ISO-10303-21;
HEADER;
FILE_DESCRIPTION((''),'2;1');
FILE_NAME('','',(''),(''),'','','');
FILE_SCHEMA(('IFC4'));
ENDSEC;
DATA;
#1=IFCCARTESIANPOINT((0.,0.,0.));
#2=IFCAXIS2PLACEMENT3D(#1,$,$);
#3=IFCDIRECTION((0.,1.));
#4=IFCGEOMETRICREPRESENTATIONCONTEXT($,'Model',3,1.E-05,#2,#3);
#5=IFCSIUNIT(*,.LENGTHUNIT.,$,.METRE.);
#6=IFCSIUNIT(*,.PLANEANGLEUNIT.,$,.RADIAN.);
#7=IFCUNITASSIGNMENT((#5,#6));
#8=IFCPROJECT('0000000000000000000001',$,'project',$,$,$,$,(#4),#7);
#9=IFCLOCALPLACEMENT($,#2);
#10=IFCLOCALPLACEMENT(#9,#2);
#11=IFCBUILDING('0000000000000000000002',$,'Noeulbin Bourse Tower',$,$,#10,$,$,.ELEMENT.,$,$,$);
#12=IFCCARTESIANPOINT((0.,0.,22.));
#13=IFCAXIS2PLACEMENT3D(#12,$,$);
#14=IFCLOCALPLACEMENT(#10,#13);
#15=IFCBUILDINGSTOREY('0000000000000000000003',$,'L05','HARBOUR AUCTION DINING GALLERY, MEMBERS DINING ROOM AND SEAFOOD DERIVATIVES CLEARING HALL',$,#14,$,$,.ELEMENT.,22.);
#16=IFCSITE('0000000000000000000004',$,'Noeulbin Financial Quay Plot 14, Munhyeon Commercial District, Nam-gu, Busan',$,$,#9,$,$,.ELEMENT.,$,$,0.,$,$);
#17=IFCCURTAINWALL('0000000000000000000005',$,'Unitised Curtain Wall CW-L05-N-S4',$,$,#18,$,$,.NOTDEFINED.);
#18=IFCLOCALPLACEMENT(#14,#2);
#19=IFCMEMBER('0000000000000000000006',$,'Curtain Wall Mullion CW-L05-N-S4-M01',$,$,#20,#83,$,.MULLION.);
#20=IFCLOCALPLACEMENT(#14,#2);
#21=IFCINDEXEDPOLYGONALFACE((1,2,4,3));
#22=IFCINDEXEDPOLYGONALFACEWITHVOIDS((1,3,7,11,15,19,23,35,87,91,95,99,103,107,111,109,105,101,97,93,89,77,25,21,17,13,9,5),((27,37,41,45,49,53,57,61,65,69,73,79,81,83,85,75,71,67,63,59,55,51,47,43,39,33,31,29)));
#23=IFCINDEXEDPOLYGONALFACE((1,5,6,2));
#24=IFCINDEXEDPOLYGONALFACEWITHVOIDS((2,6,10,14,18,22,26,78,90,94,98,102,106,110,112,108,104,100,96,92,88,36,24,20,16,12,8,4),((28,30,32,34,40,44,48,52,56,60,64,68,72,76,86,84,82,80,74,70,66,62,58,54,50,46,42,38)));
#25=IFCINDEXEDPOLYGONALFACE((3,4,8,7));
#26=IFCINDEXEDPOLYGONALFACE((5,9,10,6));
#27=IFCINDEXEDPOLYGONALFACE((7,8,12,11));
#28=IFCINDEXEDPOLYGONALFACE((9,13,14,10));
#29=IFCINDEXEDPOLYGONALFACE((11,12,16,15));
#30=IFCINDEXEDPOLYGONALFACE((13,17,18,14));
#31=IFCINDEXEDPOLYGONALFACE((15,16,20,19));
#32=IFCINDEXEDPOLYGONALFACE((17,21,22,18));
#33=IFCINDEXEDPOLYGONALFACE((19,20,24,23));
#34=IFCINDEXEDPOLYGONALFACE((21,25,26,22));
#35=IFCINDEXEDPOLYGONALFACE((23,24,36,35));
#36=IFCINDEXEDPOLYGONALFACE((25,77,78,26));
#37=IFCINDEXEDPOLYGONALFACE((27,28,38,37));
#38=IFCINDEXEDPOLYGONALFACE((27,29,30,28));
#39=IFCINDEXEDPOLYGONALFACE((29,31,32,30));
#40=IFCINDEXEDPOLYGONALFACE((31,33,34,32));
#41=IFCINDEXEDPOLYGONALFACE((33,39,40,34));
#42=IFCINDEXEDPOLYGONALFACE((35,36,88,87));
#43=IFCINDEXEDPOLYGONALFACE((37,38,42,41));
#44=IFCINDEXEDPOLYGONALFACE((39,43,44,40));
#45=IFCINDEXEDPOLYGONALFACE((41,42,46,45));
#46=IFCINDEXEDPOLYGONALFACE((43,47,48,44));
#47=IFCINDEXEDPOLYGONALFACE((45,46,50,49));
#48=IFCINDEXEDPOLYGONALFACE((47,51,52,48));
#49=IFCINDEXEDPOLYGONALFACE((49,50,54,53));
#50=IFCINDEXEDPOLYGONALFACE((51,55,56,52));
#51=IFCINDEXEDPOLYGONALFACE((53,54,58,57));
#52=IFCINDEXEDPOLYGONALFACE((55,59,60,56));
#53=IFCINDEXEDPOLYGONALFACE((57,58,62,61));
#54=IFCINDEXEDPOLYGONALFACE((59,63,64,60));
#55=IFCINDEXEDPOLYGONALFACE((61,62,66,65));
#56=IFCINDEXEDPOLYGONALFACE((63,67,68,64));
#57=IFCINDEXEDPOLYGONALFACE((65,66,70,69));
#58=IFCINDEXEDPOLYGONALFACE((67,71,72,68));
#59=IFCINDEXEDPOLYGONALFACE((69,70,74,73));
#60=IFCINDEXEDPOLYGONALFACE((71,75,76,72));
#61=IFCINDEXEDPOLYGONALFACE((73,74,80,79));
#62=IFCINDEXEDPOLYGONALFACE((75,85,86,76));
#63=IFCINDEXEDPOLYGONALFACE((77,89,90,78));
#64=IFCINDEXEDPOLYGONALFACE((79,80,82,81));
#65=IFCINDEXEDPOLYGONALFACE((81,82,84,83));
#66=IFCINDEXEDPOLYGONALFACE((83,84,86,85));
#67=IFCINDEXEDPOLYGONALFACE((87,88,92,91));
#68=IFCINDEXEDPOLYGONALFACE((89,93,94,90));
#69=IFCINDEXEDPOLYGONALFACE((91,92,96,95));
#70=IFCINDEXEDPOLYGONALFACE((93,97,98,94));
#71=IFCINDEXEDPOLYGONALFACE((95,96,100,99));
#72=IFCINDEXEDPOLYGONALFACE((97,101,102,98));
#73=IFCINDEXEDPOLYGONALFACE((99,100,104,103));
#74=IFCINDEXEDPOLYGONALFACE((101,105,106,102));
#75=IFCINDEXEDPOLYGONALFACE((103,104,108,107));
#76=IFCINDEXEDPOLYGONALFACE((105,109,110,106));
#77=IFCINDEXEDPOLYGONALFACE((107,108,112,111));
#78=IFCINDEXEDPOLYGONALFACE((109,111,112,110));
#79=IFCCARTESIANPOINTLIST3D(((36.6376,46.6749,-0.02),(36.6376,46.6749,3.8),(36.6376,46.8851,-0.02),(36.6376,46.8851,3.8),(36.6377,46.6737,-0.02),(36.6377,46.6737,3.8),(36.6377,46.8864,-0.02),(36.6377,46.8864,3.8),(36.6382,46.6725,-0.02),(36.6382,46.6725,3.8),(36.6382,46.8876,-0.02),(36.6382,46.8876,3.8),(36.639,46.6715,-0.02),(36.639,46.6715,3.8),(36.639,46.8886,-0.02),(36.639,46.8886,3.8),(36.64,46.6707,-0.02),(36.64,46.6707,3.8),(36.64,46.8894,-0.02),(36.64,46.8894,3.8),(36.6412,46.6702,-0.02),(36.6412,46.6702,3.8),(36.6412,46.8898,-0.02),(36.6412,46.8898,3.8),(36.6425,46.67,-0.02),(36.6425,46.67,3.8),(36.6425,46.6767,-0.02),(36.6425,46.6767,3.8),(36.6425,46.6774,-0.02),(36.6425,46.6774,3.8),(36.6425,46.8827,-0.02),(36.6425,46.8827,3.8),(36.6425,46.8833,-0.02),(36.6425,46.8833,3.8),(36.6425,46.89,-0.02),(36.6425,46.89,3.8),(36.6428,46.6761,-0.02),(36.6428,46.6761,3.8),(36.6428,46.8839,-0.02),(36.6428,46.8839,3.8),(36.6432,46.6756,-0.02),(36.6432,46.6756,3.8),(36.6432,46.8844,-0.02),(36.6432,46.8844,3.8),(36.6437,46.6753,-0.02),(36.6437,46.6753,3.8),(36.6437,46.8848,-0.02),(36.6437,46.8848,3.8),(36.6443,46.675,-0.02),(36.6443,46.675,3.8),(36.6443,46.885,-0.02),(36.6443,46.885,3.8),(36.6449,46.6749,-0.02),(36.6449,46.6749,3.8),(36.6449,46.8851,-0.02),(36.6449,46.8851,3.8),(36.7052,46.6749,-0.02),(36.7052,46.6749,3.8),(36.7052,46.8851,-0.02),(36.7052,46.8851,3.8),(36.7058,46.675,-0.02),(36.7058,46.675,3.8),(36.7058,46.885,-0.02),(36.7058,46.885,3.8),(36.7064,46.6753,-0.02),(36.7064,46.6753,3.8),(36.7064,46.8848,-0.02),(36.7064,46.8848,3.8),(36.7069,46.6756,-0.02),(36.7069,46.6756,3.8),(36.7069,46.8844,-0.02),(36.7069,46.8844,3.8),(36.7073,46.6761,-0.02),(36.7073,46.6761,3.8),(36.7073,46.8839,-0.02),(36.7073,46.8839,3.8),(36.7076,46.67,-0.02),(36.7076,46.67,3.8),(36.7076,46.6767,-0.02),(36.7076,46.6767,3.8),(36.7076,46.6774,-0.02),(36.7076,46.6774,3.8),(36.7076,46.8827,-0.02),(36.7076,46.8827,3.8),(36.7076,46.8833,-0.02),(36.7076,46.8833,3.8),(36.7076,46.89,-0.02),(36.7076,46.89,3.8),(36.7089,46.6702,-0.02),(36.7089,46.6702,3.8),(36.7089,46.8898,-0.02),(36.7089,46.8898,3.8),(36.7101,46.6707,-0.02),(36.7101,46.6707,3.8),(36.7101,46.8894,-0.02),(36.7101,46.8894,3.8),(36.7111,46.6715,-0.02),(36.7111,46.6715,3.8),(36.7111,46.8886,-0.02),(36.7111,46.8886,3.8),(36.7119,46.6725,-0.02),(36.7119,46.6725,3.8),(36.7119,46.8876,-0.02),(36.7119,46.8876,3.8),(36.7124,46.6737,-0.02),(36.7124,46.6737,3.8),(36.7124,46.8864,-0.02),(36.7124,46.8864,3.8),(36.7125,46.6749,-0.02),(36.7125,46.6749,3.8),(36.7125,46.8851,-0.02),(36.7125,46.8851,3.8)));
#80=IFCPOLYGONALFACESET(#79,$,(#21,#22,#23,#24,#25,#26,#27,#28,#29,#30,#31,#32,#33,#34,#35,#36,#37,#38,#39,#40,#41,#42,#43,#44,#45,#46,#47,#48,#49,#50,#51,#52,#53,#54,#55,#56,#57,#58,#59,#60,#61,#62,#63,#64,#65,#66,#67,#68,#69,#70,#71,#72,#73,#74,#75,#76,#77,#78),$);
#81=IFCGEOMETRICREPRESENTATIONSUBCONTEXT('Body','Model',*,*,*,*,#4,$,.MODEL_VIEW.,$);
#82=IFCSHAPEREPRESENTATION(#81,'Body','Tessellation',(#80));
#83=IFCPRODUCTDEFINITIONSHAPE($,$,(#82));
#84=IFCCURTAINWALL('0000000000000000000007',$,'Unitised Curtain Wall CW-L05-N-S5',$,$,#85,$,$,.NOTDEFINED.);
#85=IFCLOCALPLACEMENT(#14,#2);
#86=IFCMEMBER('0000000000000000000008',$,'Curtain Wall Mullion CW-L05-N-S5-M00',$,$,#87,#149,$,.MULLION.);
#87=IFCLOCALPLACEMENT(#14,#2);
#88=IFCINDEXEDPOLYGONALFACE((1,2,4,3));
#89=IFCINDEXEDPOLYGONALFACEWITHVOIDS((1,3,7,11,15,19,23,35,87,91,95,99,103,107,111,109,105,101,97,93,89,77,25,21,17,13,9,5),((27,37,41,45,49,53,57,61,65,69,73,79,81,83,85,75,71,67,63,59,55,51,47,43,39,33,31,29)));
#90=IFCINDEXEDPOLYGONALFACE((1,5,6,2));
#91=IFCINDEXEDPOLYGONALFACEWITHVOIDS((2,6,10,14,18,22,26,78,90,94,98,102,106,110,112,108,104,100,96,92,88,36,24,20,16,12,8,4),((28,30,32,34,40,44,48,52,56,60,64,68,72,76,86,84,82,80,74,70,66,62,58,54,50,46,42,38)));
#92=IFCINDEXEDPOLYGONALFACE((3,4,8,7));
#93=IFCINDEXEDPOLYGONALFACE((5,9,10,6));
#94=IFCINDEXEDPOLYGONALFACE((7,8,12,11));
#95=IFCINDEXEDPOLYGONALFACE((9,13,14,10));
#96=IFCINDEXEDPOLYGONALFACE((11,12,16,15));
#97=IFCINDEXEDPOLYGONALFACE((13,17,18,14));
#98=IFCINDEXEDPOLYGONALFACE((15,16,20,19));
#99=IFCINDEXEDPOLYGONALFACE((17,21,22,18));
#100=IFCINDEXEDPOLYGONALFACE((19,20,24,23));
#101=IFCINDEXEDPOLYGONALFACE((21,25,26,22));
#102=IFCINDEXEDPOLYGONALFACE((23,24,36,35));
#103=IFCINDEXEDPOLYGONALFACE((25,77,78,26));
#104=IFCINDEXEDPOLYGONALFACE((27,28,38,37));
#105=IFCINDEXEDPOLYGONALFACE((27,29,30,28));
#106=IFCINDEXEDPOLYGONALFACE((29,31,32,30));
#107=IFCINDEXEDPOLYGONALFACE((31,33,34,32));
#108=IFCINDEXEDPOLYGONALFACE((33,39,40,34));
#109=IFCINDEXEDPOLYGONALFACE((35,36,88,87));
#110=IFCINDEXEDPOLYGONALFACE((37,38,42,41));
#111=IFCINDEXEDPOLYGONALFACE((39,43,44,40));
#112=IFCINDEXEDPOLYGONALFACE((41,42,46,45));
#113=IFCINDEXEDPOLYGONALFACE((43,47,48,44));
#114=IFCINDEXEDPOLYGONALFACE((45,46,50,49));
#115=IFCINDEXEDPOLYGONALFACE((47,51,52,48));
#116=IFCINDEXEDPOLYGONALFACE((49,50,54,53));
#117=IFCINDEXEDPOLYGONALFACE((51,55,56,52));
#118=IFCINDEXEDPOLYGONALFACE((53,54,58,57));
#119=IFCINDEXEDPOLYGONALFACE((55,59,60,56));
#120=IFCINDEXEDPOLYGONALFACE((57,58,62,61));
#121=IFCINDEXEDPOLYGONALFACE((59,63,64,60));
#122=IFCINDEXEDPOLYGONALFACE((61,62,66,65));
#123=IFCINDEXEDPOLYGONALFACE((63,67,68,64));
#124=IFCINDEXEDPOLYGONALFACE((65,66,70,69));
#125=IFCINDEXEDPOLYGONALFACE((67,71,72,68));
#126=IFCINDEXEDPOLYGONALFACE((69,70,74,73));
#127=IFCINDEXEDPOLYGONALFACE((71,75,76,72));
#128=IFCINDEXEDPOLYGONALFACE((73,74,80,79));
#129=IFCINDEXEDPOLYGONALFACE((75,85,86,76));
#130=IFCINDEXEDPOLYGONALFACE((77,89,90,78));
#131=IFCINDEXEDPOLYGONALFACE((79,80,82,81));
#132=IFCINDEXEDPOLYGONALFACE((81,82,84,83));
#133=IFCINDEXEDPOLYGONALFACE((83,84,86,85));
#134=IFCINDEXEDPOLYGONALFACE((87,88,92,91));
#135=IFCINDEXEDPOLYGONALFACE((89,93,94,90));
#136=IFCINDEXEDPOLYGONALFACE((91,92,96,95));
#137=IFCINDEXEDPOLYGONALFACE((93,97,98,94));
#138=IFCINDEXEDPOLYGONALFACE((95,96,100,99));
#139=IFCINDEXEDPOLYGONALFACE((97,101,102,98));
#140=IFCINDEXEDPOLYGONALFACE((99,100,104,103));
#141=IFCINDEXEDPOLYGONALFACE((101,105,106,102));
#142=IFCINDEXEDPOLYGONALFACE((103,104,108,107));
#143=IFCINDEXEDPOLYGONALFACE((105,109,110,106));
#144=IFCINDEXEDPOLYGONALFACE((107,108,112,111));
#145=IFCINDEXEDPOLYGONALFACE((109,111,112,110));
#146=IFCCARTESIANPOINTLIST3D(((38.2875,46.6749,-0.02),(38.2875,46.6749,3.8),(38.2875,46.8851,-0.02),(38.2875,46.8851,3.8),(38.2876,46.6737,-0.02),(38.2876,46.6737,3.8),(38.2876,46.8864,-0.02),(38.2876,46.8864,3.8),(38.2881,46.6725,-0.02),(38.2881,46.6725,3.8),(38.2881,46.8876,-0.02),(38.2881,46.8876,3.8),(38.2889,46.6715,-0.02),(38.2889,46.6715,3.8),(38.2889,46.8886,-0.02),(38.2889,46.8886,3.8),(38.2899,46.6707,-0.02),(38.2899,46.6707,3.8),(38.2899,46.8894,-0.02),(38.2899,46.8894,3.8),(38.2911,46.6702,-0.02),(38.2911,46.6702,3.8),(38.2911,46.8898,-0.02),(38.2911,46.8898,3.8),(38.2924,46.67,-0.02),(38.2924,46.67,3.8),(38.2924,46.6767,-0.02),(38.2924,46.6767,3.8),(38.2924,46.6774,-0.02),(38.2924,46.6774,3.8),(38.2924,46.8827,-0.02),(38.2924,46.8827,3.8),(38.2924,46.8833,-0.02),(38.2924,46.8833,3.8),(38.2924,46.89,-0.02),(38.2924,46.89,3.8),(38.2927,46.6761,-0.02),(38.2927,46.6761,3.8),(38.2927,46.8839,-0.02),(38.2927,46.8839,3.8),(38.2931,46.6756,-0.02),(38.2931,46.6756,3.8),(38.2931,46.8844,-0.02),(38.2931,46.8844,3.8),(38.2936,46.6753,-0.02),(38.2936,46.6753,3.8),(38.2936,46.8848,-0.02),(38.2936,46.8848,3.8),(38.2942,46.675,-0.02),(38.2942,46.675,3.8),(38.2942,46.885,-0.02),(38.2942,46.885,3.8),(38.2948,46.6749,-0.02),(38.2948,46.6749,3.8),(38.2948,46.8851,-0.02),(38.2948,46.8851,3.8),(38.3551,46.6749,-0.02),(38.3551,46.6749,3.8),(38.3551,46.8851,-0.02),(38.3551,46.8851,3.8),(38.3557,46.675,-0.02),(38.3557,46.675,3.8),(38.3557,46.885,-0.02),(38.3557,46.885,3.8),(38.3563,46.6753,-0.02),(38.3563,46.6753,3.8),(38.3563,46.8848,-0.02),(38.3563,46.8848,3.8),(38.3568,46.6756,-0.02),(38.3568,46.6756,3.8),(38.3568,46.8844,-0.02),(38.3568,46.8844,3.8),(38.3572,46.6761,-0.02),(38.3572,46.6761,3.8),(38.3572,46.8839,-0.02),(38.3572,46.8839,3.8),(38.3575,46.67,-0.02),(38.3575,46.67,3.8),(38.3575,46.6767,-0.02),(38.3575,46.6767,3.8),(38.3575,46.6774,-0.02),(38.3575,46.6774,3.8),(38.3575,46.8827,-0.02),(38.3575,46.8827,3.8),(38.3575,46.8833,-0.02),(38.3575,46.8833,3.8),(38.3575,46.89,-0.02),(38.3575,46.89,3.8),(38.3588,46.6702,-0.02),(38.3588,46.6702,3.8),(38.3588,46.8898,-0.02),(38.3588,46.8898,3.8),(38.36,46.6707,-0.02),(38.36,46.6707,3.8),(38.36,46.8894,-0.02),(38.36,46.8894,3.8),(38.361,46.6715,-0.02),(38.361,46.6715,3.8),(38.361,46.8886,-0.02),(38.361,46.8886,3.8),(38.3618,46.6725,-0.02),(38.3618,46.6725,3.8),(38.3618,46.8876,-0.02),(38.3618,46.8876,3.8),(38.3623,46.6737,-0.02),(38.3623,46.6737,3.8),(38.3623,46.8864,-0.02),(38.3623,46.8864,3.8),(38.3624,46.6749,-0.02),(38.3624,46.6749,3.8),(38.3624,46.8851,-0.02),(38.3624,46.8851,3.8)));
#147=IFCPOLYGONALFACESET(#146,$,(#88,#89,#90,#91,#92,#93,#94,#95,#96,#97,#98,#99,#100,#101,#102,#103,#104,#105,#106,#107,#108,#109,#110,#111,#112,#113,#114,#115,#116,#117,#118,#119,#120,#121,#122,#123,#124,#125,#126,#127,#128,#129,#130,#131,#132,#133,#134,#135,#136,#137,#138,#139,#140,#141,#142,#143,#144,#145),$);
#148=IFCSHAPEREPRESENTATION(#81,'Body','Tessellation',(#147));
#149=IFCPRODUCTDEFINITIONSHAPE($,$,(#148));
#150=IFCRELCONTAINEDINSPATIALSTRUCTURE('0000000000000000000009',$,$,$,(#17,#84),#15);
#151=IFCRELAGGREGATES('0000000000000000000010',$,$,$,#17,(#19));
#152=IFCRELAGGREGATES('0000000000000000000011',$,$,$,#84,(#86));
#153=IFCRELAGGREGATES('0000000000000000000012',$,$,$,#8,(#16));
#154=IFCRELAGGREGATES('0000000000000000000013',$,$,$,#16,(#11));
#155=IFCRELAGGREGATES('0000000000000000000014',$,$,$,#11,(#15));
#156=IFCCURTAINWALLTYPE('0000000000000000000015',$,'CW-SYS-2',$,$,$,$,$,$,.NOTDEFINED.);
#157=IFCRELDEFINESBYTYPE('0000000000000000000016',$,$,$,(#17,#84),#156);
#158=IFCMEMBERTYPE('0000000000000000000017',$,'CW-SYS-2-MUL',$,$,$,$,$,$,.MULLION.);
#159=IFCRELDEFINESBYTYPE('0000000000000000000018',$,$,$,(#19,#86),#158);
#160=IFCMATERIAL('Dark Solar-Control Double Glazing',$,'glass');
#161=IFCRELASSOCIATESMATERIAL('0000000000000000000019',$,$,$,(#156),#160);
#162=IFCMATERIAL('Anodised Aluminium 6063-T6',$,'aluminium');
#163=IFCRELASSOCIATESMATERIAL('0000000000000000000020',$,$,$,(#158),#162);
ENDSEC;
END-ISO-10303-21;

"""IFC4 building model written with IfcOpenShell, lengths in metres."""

from ifc_helpers import new_model, si_unit, direction, frame, origin, origin_2d, place, context, subcontext, project, spatial, hollow_rectangle, extrude, material, material_profile, profile_set, type_object, element, aggregate, save


model = new_model("IFC4")

# Units and contexts
model_context = context("Model", 3, precision=1e-05, world=origin(), true_north=direction((0.0, 1.0)))
body_context = subcontext(model_context, "Body", "Model", "MODEL_VIEW")
ifc_project = project(units=[si_unit("LENGTHUNIT", "METRE"), si_unit("PLANEANGLEUNIT", "RADIAN")], contexts=[model_context])

# Site, building, storey
site_placement = place(None, origin())
site = spatial("IfcSite", under=ifc_project, at=site_placement, Name="Noeulbin Financial Quay Plot 14, Munhyeon Commercial District, Nam-gu, Busan", CompositionType="ELEMENT", RefElevation=0.0)
building_placement = place(site_placement, origin())
building = spatial("IfcBuilding", under=site, at=building_placement, Name="Noeulbin Bourse Tower", CompositionType="ELEMENT")
storey_placement = place(building_placement, frame((0.0, 0.0, 22.0)))
storey = spatial("IfcBuildingStorey", under=building, at=storey_placement, Name="L05", Description="HARBOUR AUCTION DINING GALLERY, MEMBERS DINING ROOM AND SEAFOOD DERIVATIVES CLEARING HALL", CompositionType="ELEMENT", Elevation=22.0)

# Curtain wall, member
ifc_material_1 = material(Name="Dark Solar-Control Double Glazing", Category="glass")
curtain_wall_type = type_object("IfcCurtainWallType", Name="CW-SYS-2", PredefinedType="NOTDEFINED", material=ifc_material_1)
curtain_wall_1_placement = place(storey_placement, origin())
curtain_wall_1 = element("IfcCurtainWall", 1, at=curtain_wall_1_placement, inside=storey, type_object=curtain_wall_type, Name="Unitised Curtain Wall CW-L05-N-S4", PredefinedType="NOTDEFINED")
ifc_material_2 = material(Name="Anodised Aluminium 6063-T6", Category="aluminium")
ifc_material_profile_1 = material_profile(ifc_material_2, hollow_rectangle(XDim=0.075, YDim=0.22, WallThickness=0.0049, InnerFilletRadius=0.0024, OuterFilletRadius=0.0049, at=origin_2d()), Name="ALU-MULL-75x220x5", Category="LoadBearing")
ifc_profile_set_1 = profile_set([ifc_material_profile_1], Name="Anodised Aluminium 6063-T6")
member_type_1 = type_object("IfcMemberType", Name="CW-SYS-2-MUL", PredefinedType="MULLION", material=ifc_profile_set_1)
member_1_placement = place(storey_placement, frame((36.675, 46.78, -0.02), z_axis=(0.0, 0.0, 1.0), x_axis=(1.0, 0.0, 0.0)))
member_1 = element("IfcMember", 2, at=member_1_placement, type_object=member_type_1, Name="Curtain Wall Mullion CW-L05-N-S4-M01", PredefinedType="MULLION", context=body_context, shape_type="SweptSolid", body=[
    extrude(hollow_rectangle(XDim=0.075, YDim=0.22, WallThickness=0.0049, InnerFilletRadius=0.0024, OuterFilletRadius=0.0049, at=origin_2d()), origin(), (0.0, 0.0, 1.0), 3.8201),
])

# Curtain wall, member
curtain_wall_2_placement = place(storey_placement, origin())
curtain_wall_2 = element("IfcCurtainWall", 3, at=curtain_wall_2_placement, inside=storey, type_object=curtain_wall_type, Name="Unitised Curtain Wall CW-L05-N-S5", PredefinedType="NOTDEFINED")
member_2_placement = place(storey_placement, frame((38.325, 46.78, -0.02), z_axis=(0.0, 0.0, 1.0), x_axis=(1.0, 0.0, 0.0)))
member_2 = element("IfcMember", 4, at=member_2_placement, type_object=member_type_1, Name="Curtain Wall Mullion CW-L05-N-S5-M00", PredefinedType="MULLION", context=body_context, shape_type="SweptSolid", body=[
    extrude(hollow_rectangle(XDim=0.075, YDim=0.22, WallThickness=0.0049, InnerFilletRadius=0.0024, OuterFilletRadius=0.0049, at=origin_2d()), origin(), (0.0, 0.0, 1.0), 3.8201),
])

aggregate(curtain_wall_1, [member_1])
aggregate(curtain_wall_2, [member_2])

save(model, "model.ifc")
